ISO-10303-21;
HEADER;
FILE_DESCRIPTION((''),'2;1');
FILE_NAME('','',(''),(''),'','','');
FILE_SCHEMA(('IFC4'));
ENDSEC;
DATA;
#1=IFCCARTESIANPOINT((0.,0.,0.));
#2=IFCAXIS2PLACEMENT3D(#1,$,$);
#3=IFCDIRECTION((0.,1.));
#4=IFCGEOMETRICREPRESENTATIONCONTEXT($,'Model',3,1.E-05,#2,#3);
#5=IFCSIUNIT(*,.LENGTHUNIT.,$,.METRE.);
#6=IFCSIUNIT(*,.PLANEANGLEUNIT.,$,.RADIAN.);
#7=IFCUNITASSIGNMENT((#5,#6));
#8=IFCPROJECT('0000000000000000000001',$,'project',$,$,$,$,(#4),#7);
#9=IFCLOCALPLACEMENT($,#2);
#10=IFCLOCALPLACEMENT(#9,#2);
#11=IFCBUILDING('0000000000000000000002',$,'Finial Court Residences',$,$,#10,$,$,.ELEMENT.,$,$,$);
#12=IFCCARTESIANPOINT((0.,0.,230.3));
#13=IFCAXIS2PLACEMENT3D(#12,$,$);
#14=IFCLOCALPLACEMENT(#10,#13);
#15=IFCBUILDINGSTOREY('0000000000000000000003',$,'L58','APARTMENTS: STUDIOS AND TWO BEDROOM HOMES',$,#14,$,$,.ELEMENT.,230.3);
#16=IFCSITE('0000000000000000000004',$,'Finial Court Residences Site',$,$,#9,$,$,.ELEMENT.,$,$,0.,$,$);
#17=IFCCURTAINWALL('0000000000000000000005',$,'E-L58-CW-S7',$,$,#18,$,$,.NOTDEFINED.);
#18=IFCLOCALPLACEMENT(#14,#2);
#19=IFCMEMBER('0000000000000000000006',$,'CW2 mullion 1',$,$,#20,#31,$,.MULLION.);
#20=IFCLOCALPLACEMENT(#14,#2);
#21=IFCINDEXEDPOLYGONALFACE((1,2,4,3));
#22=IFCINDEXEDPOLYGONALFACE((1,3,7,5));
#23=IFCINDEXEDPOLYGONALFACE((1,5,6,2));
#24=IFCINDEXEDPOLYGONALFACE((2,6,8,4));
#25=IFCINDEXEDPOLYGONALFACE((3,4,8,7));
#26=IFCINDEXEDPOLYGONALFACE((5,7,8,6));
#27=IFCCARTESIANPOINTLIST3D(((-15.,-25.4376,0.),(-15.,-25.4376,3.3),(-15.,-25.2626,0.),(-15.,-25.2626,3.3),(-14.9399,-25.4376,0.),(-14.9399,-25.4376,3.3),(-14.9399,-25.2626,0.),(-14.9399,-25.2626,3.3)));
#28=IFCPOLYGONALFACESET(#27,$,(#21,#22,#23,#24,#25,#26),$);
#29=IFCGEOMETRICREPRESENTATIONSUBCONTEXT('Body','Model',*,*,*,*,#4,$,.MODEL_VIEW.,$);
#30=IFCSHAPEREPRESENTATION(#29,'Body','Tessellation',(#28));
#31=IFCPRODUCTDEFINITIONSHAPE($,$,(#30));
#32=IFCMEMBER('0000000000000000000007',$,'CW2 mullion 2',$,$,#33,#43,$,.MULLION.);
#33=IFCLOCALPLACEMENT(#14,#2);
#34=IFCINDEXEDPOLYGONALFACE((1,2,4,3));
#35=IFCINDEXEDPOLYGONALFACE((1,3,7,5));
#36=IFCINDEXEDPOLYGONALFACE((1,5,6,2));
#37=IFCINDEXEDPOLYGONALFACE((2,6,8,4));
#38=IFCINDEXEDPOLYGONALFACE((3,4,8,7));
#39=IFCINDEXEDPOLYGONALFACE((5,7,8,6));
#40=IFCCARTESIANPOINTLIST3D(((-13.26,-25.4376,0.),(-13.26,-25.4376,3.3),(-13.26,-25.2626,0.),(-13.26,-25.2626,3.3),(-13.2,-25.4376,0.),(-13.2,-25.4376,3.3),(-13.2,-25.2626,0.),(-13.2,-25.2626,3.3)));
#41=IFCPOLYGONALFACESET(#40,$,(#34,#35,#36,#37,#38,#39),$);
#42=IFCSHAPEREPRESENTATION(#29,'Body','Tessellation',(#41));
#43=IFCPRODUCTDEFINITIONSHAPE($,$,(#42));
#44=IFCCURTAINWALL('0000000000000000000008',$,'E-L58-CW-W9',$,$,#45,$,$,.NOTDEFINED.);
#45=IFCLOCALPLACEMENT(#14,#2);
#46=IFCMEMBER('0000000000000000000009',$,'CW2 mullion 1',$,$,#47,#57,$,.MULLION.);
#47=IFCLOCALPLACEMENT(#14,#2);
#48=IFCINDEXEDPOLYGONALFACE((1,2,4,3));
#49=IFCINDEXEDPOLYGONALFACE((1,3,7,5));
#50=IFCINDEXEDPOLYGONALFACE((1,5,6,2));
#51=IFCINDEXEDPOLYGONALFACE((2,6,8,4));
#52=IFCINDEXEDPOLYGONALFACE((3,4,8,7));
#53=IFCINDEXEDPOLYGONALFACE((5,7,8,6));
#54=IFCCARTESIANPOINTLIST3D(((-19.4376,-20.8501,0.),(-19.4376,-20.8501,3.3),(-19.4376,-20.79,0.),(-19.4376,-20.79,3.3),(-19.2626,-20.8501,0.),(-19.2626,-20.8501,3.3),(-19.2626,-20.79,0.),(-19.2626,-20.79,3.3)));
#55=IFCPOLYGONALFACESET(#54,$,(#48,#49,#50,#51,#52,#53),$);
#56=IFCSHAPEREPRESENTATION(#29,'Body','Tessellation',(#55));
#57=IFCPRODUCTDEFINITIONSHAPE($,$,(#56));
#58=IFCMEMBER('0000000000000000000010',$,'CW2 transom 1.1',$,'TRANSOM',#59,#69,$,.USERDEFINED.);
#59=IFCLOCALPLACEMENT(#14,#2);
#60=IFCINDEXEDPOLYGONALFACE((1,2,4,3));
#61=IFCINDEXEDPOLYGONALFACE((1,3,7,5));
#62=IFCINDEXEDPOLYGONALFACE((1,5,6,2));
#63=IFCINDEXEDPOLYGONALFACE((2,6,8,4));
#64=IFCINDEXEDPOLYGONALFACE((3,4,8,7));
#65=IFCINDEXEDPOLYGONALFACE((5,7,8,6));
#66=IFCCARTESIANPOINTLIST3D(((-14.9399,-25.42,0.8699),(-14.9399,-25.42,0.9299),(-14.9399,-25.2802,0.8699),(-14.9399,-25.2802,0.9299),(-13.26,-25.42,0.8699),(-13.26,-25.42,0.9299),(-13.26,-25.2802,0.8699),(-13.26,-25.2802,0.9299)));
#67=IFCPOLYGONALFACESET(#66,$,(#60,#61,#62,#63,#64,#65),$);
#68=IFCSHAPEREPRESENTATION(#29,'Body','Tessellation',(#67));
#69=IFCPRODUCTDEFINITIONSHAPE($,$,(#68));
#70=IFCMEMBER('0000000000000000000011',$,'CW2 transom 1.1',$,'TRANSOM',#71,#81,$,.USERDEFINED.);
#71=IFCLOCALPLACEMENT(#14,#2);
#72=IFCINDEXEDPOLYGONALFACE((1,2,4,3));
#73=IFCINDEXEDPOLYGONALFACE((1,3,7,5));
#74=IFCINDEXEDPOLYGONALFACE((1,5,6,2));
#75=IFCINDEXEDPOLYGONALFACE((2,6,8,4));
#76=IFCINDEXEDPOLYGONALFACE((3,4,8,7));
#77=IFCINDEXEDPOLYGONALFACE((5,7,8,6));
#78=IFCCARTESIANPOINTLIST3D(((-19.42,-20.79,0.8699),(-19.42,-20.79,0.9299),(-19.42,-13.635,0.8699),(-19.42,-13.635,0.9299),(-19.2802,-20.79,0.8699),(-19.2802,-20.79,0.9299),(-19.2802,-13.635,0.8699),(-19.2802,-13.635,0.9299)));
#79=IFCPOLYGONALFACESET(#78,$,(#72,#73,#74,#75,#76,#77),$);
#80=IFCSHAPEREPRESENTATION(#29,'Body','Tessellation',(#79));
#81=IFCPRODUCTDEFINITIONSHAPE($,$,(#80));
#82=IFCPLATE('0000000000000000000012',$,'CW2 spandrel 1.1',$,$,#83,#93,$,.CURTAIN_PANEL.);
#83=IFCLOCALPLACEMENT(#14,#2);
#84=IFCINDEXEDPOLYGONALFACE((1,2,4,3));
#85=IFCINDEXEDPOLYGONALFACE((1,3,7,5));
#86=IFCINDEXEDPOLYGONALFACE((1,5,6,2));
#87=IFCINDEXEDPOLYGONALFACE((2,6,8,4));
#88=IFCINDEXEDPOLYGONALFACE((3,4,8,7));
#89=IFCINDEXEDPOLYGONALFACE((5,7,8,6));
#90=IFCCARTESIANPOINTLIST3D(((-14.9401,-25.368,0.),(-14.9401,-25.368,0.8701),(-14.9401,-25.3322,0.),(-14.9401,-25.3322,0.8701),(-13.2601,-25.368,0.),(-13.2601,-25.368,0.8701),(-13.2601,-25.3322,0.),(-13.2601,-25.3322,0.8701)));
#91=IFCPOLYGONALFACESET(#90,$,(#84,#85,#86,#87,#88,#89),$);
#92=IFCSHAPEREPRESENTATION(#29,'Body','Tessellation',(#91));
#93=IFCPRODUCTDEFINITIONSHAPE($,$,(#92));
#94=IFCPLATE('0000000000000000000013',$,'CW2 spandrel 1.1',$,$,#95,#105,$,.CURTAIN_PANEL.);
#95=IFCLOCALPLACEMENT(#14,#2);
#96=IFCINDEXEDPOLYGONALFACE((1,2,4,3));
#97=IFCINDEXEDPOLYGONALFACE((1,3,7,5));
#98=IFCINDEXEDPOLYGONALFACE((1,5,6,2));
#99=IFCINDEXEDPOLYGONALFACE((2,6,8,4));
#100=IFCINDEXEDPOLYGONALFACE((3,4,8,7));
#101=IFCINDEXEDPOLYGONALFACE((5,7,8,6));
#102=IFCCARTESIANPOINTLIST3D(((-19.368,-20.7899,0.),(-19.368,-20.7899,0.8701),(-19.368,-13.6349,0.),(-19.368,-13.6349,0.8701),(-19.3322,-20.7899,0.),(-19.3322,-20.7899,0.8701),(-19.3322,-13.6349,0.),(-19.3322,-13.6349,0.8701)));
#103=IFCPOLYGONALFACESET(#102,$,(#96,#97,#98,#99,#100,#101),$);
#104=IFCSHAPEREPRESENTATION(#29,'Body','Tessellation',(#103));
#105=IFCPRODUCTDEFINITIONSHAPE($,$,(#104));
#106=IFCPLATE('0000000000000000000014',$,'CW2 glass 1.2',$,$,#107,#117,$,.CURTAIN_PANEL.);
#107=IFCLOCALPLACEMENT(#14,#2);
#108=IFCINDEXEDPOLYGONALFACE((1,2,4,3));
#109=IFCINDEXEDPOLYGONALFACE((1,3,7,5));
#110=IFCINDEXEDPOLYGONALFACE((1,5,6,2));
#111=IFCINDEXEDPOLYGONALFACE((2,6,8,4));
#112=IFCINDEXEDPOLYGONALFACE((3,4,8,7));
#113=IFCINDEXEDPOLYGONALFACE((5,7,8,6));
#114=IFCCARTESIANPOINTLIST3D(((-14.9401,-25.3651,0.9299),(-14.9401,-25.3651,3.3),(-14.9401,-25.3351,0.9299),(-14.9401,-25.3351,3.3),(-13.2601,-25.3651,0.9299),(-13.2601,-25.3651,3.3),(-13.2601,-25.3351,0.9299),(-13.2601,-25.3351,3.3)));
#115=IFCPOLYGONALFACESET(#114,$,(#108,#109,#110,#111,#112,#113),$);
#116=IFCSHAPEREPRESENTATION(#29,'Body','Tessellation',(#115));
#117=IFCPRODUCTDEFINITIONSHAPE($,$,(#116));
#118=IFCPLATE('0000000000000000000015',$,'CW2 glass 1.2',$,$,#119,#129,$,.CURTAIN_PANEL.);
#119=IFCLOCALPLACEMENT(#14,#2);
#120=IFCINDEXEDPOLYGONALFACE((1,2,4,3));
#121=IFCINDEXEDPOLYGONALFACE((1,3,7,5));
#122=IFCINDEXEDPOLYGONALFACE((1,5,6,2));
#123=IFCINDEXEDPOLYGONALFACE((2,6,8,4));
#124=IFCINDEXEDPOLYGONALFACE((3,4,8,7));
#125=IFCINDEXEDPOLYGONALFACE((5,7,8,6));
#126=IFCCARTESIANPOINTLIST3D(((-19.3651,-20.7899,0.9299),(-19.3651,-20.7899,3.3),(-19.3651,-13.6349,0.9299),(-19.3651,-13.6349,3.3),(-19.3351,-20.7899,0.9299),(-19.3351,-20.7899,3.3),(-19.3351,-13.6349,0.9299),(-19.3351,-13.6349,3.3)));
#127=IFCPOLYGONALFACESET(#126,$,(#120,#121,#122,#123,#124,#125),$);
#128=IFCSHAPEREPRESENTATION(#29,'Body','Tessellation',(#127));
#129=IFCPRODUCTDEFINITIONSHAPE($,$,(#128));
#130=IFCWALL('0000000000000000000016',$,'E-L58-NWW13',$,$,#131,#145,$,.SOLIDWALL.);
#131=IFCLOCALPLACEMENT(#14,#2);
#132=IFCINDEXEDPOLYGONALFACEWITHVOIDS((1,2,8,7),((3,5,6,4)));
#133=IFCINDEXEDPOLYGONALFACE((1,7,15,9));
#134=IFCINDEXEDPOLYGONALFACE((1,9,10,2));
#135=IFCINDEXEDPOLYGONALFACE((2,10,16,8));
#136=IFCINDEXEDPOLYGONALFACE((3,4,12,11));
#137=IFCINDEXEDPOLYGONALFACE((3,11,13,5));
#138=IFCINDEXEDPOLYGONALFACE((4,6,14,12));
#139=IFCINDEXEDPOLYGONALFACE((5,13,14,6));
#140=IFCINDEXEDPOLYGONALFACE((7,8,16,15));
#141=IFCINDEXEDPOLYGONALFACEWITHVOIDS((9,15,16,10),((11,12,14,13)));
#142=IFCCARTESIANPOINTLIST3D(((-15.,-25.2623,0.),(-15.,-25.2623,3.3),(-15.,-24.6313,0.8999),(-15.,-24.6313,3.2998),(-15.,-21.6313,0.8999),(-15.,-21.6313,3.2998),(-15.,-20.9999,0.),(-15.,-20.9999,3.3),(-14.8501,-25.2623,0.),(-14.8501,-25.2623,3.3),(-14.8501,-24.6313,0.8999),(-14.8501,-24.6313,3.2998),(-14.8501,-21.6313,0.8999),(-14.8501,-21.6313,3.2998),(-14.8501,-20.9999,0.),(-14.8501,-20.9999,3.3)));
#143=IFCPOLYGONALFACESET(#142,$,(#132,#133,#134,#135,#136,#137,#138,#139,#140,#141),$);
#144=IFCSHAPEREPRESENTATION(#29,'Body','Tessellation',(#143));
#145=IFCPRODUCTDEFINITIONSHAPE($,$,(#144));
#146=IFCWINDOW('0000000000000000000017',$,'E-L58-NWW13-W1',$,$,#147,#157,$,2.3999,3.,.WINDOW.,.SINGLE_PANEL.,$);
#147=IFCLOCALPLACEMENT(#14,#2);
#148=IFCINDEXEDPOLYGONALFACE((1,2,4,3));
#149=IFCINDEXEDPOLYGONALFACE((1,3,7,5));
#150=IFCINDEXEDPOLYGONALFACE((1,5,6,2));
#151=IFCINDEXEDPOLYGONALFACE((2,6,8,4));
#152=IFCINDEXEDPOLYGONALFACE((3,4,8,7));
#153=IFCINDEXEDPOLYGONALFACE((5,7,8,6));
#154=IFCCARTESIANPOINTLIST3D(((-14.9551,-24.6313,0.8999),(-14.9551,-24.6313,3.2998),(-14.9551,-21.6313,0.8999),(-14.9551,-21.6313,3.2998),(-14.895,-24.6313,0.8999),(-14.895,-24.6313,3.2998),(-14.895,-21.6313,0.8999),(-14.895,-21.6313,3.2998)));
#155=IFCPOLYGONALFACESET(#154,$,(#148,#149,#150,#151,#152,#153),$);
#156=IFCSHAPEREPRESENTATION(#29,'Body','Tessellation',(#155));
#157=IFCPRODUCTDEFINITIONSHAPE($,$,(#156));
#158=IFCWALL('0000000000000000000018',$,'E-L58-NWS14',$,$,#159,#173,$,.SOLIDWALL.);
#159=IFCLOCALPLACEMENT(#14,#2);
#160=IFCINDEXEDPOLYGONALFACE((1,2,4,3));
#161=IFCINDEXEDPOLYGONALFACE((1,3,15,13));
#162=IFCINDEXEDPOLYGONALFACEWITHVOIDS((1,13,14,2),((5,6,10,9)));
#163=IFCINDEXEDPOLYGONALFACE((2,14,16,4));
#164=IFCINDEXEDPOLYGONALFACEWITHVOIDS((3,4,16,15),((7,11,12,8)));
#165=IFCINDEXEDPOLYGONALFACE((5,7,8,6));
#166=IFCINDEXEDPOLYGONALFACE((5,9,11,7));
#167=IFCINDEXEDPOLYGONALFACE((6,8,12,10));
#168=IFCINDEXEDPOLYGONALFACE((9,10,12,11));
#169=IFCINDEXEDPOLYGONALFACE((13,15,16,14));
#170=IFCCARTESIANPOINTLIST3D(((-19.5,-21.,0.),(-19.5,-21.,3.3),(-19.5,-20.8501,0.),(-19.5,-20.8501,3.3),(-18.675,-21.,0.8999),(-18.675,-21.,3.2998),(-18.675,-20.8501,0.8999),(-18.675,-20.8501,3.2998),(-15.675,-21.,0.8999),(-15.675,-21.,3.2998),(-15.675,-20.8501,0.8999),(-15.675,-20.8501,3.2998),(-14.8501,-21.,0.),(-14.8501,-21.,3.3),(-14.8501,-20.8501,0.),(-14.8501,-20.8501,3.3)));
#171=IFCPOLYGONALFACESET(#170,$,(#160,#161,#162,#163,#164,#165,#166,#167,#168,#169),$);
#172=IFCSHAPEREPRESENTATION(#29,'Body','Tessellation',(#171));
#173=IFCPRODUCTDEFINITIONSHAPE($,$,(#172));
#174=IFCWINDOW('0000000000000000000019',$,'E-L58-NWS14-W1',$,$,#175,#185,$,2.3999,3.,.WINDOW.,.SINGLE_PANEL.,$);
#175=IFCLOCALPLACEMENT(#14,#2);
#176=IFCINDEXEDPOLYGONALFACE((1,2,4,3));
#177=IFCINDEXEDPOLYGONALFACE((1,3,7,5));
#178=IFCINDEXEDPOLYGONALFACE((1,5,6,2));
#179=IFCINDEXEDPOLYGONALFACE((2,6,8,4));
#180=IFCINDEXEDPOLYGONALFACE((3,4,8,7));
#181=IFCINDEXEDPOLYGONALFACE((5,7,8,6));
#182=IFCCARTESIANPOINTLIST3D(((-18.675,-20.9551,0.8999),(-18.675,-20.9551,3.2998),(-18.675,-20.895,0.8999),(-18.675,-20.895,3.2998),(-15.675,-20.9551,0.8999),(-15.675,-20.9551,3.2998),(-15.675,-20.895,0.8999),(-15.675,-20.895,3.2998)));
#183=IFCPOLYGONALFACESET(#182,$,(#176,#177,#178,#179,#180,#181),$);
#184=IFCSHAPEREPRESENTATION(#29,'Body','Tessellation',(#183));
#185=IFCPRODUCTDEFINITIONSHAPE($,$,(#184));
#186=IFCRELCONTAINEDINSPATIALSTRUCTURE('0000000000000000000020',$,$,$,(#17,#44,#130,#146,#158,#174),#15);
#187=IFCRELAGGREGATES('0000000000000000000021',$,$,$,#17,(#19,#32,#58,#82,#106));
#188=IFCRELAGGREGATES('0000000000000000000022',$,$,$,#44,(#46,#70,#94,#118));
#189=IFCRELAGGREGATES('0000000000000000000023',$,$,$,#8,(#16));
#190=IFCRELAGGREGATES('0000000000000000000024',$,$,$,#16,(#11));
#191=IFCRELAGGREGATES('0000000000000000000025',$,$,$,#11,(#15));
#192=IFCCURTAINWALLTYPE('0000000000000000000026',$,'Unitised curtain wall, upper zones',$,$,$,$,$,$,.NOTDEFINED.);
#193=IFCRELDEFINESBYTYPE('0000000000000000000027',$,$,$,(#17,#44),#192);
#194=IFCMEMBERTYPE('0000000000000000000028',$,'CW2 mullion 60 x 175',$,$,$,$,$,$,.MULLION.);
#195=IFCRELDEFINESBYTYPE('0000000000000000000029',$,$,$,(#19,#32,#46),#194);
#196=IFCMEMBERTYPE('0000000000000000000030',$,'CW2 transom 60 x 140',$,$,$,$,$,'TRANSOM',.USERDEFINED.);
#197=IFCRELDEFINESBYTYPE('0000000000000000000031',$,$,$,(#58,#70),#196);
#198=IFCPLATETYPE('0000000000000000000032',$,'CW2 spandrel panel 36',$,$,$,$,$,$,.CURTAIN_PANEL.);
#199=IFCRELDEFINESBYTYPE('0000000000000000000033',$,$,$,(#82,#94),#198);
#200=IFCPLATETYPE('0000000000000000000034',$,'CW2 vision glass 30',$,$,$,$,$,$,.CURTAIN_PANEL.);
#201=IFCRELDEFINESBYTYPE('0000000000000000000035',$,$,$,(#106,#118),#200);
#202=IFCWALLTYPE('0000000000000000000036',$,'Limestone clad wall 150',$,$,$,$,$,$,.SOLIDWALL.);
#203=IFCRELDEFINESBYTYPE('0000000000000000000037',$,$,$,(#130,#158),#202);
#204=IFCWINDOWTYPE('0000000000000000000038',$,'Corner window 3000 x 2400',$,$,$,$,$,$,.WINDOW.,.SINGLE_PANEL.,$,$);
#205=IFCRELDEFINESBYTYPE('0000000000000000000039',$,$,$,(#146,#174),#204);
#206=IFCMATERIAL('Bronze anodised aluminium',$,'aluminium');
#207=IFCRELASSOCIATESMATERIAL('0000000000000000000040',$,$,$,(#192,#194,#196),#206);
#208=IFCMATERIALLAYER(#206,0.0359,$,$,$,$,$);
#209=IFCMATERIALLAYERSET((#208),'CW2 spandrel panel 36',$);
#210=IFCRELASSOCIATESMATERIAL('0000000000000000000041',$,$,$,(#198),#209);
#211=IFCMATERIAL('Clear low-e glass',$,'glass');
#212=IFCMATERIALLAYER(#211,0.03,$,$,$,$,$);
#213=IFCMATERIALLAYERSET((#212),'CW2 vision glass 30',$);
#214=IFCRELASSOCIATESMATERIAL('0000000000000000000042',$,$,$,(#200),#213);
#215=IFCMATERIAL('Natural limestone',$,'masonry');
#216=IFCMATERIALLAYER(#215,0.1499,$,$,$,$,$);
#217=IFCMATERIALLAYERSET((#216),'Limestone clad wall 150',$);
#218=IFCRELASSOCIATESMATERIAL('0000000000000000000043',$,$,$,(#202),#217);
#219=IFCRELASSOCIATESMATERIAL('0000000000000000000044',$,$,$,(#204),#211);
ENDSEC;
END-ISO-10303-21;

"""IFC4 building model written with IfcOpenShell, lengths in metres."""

from ifc_helpers import new_model, si_unit, direction, frame, frame_2d, origin, origin_2d, place, context, subcontext, project, spatial, rectangle, extrude, material, layer, layer_set, material_profile, profile_set, type_object, element, fill, aggregate, save


model = new_model("IFC4")

# Units and contexts
model_context = context("Model", 3, precision=1e-05, world=origin(), true_north=direction((0.0, 1.0)))
body_context = subcontext(model_context, "Body", "Model", "MODEL_VIEW")
ifc_project = project(units=[si_unit("LENGTHUNIT", "METRE"), si_unit("PLANEANGLEUNIT", "RADIAN")], contexts=[model_context])

# Site, building, storey
site_placement = place(None, origin())
site = spatial("IfcSite", under=ifc_project, at=site_placement, Name="Finial Court Residences Site", CompositionType="ELEMENT", RefElevation=0.0)
building_placement = place(site_placement, origin())
building = spatial("IfcBuilding", under=site, at=building_placement, Name="Finial Court Residences", CompositionType="ELEMENT")
storey_placement = place(building_placement, frame((0.0, 0.0, 230.3)))
storey = spatial("IfcBuildingStorey", under=building, at=storey_placement, Name="L58", Description="APARTMENTS: STUDIOS AND TWO BEDROOM HOMES", CompositionType="ELEMENT", Elevation=230.3)

# Curtain wall, members
ifc_material_1 = material(Name="Bronze anodised aluminium", Category="aluminium")
curtain_wall_type = type_object("IfcCurtainWallType", Name="Unitised curtain wall, upper zones", PredefinedType="NOTDEFINED", material=ifc_material_1)
curtain_wall_1_placement = place(storey_placement, origin())
curtain_wall_1 = element("IfcCurtainWall", 1, at=curtain_wall_1_placement, inside=storey, type_object=curtain_wall_type, Name="E-L58-CW-S7", PredefinedType="NOTDEFINED")
ifc_material_profile_1 = material_profile(ifc_material_1, rectangle(XDim=0.175, YDim=0.0601, at=origin_2d()), Name="CW2 mullion 60 x 175")
ifc_profile_set_1 = profile_set([ifc_material_profile_1], Name="Bronze anodised aluminium")
member_type_1 = type_object("IfcMemberType", Name="CW2 mullion 60 x 175", PredefinedType="MULLION", material=ifc_profile_set_1)
member_1_placement = place(storey_placement, frame((-14.97, -25.3501, 0.0), z_axis=(0.0, 0.0, 1.0), x_axis=(0.0, 1.0, 0.0)))
member_1 = element("IfcMember", 2, at=member_1_placement, type_object=member_type_1, Name="CW2 mullion 1", PredefinedType="MULLION", context=body_context, shape_type="SweptSolid", body=[
    extrude(rectangle(XDim=0.175, YDim=0.0601, at=origin_2d()), origin(), (0.0, 0.0, 1.0), 3.3),
])
member_2_placement = place(storey_placement, frame((-13.23, -25.3501, 0.0), z_axis=(0.0, 0.0, 1.0), x_axis=(0.0, 1.0, 0.0)))
member_2 = element("IfcMember", 3, at=member_2_placement, type_object=member_type_1, Name="CW2 mullion 2", PredefinedType="MULLION", context=body_context, shape_type="SweptSolid", body=[
    extrude(rectangle(XDim=0.175, YDim=0.0601, at=origin_2d()), origin(), (0.0, 0.0, 1.0), 3.3),
])

# Curtain wall, member
curtain_wall_2_placement = place(storey_placement, origin())
curtain_wall_2 = element("IfcCurtainWall", 4, at=curtain_wall_2_placement, inside=storey, type_object=curtain_wall_type, Name="E-L58-CW-W9", PredefinedType="NOTDEFINED")
member_3_placement = place(storey_placement, frame((-19.3501, -20.8201, 0.0), z_axis=(0.0, 0.0, 1.0), x_axis=(-1.0, 0.0, 0.0)))
member_3 = element("IfcMember", 5, at=member_3_placement, type_object=member_type_1, Name="CW2 mullion 1", PredefinedType="MULLION", context=body_context, shape_type="SweptSolid", body=[
    extrude(rectangle(XDim=0.175, YDim=0.0601, at=origin_2d()), origin(), (0.0, 0.0, 1.0), 3.3),
])

# Members
ifc_material_profile_2 = material_profile(ifc_material_1, rectangle(XDim=0.1399, YDim=0.0601, at=origin_2d()), Name="CW2 transom 60 x 140")
ifc_profile_set_2 = profile_set([ifc_material_profile_2], Name="Bronze anodised aluminium")
member_type_2 = type_object("IfcMemberType", Name="CW2 transom 60 x 140", ElementType="TRANSOM", PredefinedType="USERDEFINED", material=ifc_profile_set_2)
member_4_placement = place(storey_placement, frame((-14.9399, -25.3501, 0.8999), z_axis=(1.0, 0.0, 0.0), x_axis=(0.0, 1.0, 0.0)))
member_4 = element("IfcMember", 6, at=member_4_placement, type_object=member_type_2, Name="CW2 transom 1.1", ObjectType="TRANSOM", PredefinedType="USERDEFINED", context=body_context, shape_type="SweptSolid", body=[
    extrude(rectangle(XDim=0.1399, YDim=0.0601, at=origin_2d()), origin(), (0.0, 0.0, 1.0), 1.6799),
])
member_5_placement = place(storey_placement, frame((-19.3501, -20.79, 0.8999), z_axis=(0.0, 1.0, 0.0), x_axis=(-1.0, 0.0, 0.0)))
member_5 = element("IfcMember", 7, at=member_5_placement, type_object=member_type_2, Name="CW2 transom 1.1", ObjectType="TRANSOM", PredefinedType="USERDEFINED", context=body_context, shape_type="SweptSolid", body=[
    extrude(rectangle(XDim=0.1399, YDim=0.0601, at=origin_2d()), origin(), (0.0, 0.0, 1.0), 7.155),
])

# Plates
ifc_layer_1 = layer(ifc_material_1, 0.0359)
ifc_layer_set_1 = layer_set([ifc_layer_1], Name="CW2 spandrel panel 36")
plate_type_1 = type_object("IfcPlateType", Name="CW2 spandrel panel 36", PredefinedType="CURTAIN_PANEL", material=ifc_layer_set_1)
plate_1_placement = place(storey_placement, frame((-14.1001, -25.3501, 0.0), z_axis=(0.0, 0.0, 1.0), x_axis=(1.0, 0.0, 0.0)))
plate_1 = element("IfcPlate", 8, at=plate_1_placement, type_object=plate_type_1, Name="CW2 spandrel 1.1", PredefinedType="CURTAIN_PANEL", context=body_context, shape_type="SweptSolid", body=[
    extrude(rectangle(XDim=1.6799, YDim=0.0359, at=origin_2d()), origin(), (0.0, 0.0, 1.0), 0.8701),
])
plate_2_placement = place(storey_placement, frame((-19.3501, -17.2124, 0.0), z_axis=(0.0, 0.0, 1.0), x_axis=(0.0, 1.0, 0.0)))
plate_2 = element("IfcPlate", 9, at=plate_2_placement, type_object=plate_type_1, Name="CW2 spandrel 1.1", PredefinedType="CURTAIN_PANEL", context=body_context, shape_type="SweptSolid", body=[
    extrude(rectangle(XDim=7.155, YDim=0.0359, at=origin_2d()), origin(), (0.0, 0.0, 1.0), 0.8701),
])
ifc_material_2 = material(Name="Clear low-e glass", Category="glass")
ifc_layer_2 = layer(ifc_material_2, 0.03)
ifc_layer_set_2 = layer_set([ifc_layer_2], Name="CW2 vision glass 30")
plate_type_2 = type_object("IfcPlateType", Name="CW2 vision glass 30", PredefinedType="CURTAIN_PANEL", material=ifc_layer_set_2)
plate_3_placement = place(storey_placement, frame((-14.1001, -25.3501, 0.9299), z_axis=(0.0, 0.0, 1.0), x_axis=(1.0, 0.0, 0.0)))
plate_3 = element("IfcPlate", 10, at=plate_3_placement, type_object=plate_type_2, Name="CW2 glass 1.2", PredefinedType="CURTAIN_PANEL", context=body_context, shape_type="SweptSolid", body=[
    extrude(rectangle(XDim=1.6799, YDim=0.03, at=origin_2d()), origin(), (0.0, 0.0, 1.0), 2.3701),
])
aggregate(curtain_wall_1, [member_1, member_2, member_4, plate_1, plate_3])
plate_4_placement = place(storey_placement, frame((-19.3501, -17.2124, 0.9299), z_axis=(0.0, 0.0, 1.0), x_axis=(0.0, 1.0, 0.0)))
plate_4 = element("IfcPlate", 11, at=plate_4_placement, type_object=plate_type_2, Name="CW2 glass 1.2", PredefinedType="CURTAIN_PANEL", context=body_context, shape_type="SweptSolid", body=[
    extrude(rectangle(XDim=7.155, YDim=0.03, at=origin_2d()), origin(), (0.0, 0.0, 1.0), 2.3701),
])
aggregate(curtain_wall_2, [member_3, member_5, plate_2, plate_4])

# Walls, openings, windows
ifc_material_3 = material(Name="Natural limestone", Category="masonry")
ifc_layer_3 = layer(ifc_material_3, 0.1499)
ifc_layer_set_3 = layer_set([ifc_layer_3], Name="Limestone clad wall 150")
wall_type = type_object("IfcWallType", Name="Limestone clad wall 150", PredefinedType="SOLIDWALL", material=ifc_layer_set_3)
wall_1_placement = place(storey_placement, frame((-14.925, -25.2625, 0.0), z_axis=(0.0, 0.0, 1.0), x_axis=(0.0, 1.0, 0.0)))
wall_1 = element("IfcWall", 12, at=wall_1_placement, inside=storey, type_object=wall_type, Name="E-L58-NWW13", PredefinedType="SOLIDWALL", context=body_context, shape_type="SweptSolid", body=[
    extrude(rectangle(XDim=4.2625, YDim=0.1499, at=frame_2d((2.1313, 0.0))), origin(), (0.0, 0.0, 1.0), 3.3),
])
opening_1_placement = place(wall_1_placement, frame((0.6311, 0.0, 0.8999)))
opening_1 = element("IfcOpeningElement", 13, at=opening_1_placement, cuts=wall_1, PredefinedType="OPENING", context=body_context, shape_type="SweptSolid", body=[
    extrude(rectangle(XDim=3.0, YDim=2.3999, at=frame_2d((1.5, 1.2))), frame((0.0, 0.085, 0.0), z_axis=(0.0, -1.0, 0.0), x_axis=(1.0, 0.0, 0.0)), (0.0, 0.0, 1.0), 0.1699),
])
window_type = type_object("IfcWindowType", Name="Corner window 3000 x 2400", PartitioningType="SINGLE_PANEL", PredefinedType="WINDOW", material=ifc_material_2)
window_1_placement = place(opening_1_placement, origin())
window_1 = element("IfcWindow", 14, at=window_1_placement, inside=storey, type_object=window_type, Name="E-L58-NWW13-W1", OverallHeight=2.3999, OverallWidth=3.0, PartitioningType="SINGLE_PANEL", PredefinedType="WINDOW", context=body_context, shape_type="SweptSolid", body=[
    extrude(rectangle(XDim=3.0, YDim=2.3999, at=frame_2d((1.5, 1.2))), frame((0.0, 0.03, 0.0), z_axis=(0.0, -1.0, 0.0), x_axis=(1.0, 0.0, 0.0)), (0.0, 0.0, 1.0), 0.0601),
])
fill(opening_1, window_1)
wall_2_placement = place(storey_placement, frame((-14.8501, -20.925, 0.0), z_axis=(0.0, 0.0, 1.0), x_axis=(-1.0, 0.0, 0.0)))
wall_2 = element("IfcWall", 15, at=wall_2_placement, inside=storey, type_object=wall_type, Name="E-L58-NWS14", PredefinedType="SOLIDWALL", context=body_context, shape_type="SweptSolid", body=[
    extrude(rectangle(XDim=4.6499, YDim=0.1499, at=frame_2d((2.325, 0.0))), origin(), (0.0, 0.0, 1.0), 3.3),
])
opening_2_placement = place(wall_2_placement, frame((0.825, 0.0, 0.8999)))
opening_2 = element("IfcOpeningElement", 16, at=opening_2_placement, cuts=wall_2, PredefinedType="OPENING", context=body_context, shape_type="SweptSolid", body=[
    extrude(rectangle(XDim=3.0, YDim=2.3999, at=frame_2d((1.5, 1.2))), frame((0.0, 0.085, 0.0), z_axis=(0.0, -1.0, 0.0), x_axis=(1.0, 0.0, 0.0)), (0.0, 0.0, 1.0), 0.1699),
])
window_2_placement = place(opening_2_placement, origin())
window_2 = element("IfcWindow", 17, at=window_2_placement, inside=storey, type_object=window_type, Name="E-L58-NWS14-W1", OverallHeight=2.3999, OverallWidth=3.0, PartitioningType="SINGLE_PANEL", PredefinedType="WINDOW", context=body_context, shape_type="SweptSolid", body=[
    extrude(rectangle(XDim=3.0, YDim=2.3999, at=frame_2d((1.5, 1.2))), frame((0.0, 0.03, 0.0), z_axis=(0.0, -1.0, 0.0), x_axis=(1.0, 0.0, 0.0)), (0.0, 0.0, 1.0), 0.0601),
])
fill(opening_2, window_2)

save(model, "model.ifc")
